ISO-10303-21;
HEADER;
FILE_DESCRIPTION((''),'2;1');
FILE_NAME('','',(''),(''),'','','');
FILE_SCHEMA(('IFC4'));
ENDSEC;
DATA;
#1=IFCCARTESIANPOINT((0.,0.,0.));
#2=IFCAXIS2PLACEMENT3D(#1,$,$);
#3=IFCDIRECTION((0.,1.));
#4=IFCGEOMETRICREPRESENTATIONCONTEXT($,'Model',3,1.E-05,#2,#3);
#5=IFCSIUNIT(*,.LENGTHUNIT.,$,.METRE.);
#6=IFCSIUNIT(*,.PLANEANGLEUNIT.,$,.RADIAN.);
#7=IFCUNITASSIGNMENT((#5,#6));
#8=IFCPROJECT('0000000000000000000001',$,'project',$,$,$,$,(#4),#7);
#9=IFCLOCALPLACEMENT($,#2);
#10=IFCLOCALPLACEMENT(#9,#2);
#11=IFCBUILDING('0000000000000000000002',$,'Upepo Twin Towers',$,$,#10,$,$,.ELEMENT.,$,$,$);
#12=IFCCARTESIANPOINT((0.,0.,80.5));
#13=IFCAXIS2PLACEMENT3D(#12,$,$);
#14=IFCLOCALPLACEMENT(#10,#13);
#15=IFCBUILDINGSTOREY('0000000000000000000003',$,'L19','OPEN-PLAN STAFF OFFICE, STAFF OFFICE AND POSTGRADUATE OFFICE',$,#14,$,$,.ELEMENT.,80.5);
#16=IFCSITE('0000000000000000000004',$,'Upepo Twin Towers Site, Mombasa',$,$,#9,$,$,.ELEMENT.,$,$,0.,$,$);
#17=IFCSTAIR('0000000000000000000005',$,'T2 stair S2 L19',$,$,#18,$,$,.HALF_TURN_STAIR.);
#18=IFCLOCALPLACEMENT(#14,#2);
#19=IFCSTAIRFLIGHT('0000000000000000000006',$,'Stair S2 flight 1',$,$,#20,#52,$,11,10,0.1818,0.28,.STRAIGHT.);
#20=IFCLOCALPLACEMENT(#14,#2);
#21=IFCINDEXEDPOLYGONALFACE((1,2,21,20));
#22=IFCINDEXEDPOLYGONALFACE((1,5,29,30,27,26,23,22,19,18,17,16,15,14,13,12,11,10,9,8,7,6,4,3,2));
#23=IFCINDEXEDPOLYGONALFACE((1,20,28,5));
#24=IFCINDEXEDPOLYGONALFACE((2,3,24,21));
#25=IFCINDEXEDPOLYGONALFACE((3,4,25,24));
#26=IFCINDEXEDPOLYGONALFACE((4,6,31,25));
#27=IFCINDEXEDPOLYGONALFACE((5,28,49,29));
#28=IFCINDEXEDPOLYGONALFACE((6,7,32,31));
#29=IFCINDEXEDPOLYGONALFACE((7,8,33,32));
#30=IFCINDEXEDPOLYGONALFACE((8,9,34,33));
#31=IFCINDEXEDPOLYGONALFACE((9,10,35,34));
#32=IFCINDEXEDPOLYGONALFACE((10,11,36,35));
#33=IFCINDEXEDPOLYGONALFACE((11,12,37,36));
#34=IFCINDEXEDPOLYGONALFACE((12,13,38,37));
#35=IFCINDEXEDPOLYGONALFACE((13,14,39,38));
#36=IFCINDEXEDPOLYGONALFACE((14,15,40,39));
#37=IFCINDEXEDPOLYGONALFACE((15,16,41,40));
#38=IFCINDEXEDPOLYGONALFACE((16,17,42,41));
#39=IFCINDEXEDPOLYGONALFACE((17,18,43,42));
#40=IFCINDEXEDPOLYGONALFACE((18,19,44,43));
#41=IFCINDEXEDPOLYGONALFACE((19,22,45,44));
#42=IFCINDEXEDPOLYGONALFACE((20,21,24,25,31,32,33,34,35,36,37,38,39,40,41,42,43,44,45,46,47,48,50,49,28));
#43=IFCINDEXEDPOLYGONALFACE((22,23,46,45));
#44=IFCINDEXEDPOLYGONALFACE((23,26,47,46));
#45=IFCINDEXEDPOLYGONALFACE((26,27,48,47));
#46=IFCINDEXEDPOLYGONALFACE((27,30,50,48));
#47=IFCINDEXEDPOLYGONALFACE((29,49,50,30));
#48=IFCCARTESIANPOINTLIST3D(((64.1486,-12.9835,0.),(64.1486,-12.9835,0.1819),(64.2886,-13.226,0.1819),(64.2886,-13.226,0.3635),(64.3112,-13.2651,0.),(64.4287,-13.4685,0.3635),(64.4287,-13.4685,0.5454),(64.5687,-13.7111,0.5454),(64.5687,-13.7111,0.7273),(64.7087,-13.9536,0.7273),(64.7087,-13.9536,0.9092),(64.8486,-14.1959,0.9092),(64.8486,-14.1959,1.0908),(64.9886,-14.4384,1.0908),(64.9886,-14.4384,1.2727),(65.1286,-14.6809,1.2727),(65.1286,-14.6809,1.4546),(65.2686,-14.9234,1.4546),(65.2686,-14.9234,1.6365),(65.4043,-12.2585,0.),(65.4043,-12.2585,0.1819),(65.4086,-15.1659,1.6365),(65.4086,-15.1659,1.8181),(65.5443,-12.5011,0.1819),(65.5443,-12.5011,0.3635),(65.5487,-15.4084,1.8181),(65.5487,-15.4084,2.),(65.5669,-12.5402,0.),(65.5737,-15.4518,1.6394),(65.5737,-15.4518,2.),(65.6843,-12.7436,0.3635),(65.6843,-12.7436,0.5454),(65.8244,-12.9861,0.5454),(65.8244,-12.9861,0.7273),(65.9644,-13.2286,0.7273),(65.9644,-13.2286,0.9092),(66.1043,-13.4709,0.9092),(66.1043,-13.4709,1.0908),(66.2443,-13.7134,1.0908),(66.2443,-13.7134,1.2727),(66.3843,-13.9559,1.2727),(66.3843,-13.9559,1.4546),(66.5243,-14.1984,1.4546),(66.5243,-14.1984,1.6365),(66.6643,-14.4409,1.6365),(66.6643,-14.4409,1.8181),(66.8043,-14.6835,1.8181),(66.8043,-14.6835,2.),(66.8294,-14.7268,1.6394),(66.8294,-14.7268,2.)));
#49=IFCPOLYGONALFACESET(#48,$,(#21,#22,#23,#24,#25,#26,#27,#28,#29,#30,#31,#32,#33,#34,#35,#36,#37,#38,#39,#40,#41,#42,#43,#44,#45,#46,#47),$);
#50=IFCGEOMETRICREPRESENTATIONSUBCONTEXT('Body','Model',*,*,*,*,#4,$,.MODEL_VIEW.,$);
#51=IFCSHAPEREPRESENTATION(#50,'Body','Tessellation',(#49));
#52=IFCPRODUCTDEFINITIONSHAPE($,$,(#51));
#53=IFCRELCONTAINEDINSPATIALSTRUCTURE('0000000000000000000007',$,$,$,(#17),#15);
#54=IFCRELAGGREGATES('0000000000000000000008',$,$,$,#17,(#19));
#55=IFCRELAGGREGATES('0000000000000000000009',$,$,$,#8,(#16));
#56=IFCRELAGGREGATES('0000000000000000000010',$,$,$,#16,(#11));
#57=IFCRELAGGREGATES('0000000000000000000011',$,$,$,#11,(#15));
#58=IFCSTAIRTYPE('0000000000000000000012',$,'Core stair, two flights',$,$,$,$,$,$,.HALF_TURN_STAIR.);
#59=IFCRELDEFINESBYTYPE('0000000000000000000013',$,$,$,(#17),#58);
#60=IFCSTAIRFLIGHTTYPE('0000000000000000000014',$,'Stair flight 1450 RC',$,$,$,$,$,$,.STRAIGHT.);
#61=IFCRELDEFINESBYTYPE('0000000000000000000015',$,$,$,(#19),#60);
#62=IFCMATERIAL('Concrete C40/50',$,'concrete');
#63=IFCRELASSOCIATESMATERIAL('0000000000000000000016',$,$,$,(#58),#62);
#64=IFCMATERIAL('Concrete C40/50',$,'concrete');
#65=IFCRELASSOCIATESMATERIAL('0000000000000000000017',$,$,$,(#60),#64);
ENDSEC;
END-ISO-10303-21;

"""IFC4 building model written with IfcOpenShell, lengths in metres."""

from ifc_helpers import new_model, si_unit, direction, frame, origin, place, context, subcontext, project, spatial, polyline, outline, extrude, material, type_object, element, aggregate, save


model = new_model("IFC4")

# Units and contexts
model_context = context("Model", 3, precision=1e-05, world=origin(), true_north=direction((0.0, 1.0)))
body_context = subcontext(model_context, "Body", "Model", "MODEL_VIEW")
ifc_project = project(units=[si_unit("LENGTHUNIT", "METRE"), si_unit("PLANEANGLEUNIT", "RADIAN")], contexts=[model_context])

# Site, building, storey
site_placement = place(None, origin())
site = spatial("IfcSite", under=ifc_project, at=site_placement, Name="Upepo Twin Towers Site, Mombasa", CompositionType="ELEMENT", RefElevation=0.0)
building_placement = place(site_placement, origin())
building = spatial("IfcBuilding", under=site, at=building_placement, Name="Upepo Twin Towers", CompositionType="ELEMENT")
storey_placement = place(building_placement, frame((0.0, 0.0, 80.5)))
storey = spatial("IfcBuildingStorey", under=building, at=storey_placement, Name="L19", Description="OPEN-PLAN STAFF OFFICE, STAFF OFFICE AND POSTGRADUATE OFFICE", CompositionType="ELEMENT", Elevation=80.5)

# Stair, stair flight
ifc_material_1 = material(Name="Concrete C40/50", Category="concrete")
stair_type = type_object("IfcStairType", Name="Core stair, two flights", PredefinedType="HALF_TURN_STAIR", material=ifc_material_1)
stair_placement = place(storey_placement, origin())
stair = element("IfcStair", 1, at=stair_placement, inside=storey, type_object=stair_type, Name="T2 stair S2 L19", PredefinedType="HALF_TURN_STAIR")
ifc_material_2 = material(Name="Concrete C40/50", Category="concrete")
stair_flight_type = type_object("IfcStairFlightType", Name="Stair flight 1450 RC", PredefinedType="STRAIGHT", material=ifc_material_2)
stair_flight_placement = place(storey_placement, frame((64.7764, -12.6211, 0.0), z_axis=(0.0, 0.0, 1.0), x_axis=(0.5, -0.866025, 0.0)))
stair_flight = element("IfcStairFlight", 2, at=stair_flight_placement, type_object=stair_flight_type, Name="Stair S2 flight 1", NumberOfRisers=11, NumberOfTreads=10, PredefinedType="STRAIGHT", RiserHeight=0.1818, TreadLength=0.28, context=body_context, shape_type="SweptSolid", body=[
    extrude(outline(polyline([(0.0, 0.0), (0.0, 0.1819), (0.28, 0.1819), (0.28, 0.3635), (0.5601, 0.3635), (0.5601, 0.5454), (0.8401, 0.5454), (0.8401, 0.7273), (1.1201, 0.7273), (1.1201, 0.9092), (1.3999, 0.9092), (1.3999, 1.0908), (1.6799, 1.0908), (1.6799, 1.2727), (1.96, 1.2727), (1.96, 1.4546), (2.24, 1.4546), (2.24, 1.6365), (2.52, 1.6365), (2.52, 1.8181), (2.8, 1.8181), (2.8, 2.0), (2.8501, 2.0), (2.8501, 1.6394), (0.3252, 0.0), (0.0, 0.0)])), frame((0.0, 0.7251, 0.0), z_axis=(0.0, -1.0, 0.0), x_axis=(1.0, 0.0, 0.0)), (0.0, 0.0, 1.0), 1.45),
])
aggregate(stair, [stair_flight])

save(model, "model.ifc")
